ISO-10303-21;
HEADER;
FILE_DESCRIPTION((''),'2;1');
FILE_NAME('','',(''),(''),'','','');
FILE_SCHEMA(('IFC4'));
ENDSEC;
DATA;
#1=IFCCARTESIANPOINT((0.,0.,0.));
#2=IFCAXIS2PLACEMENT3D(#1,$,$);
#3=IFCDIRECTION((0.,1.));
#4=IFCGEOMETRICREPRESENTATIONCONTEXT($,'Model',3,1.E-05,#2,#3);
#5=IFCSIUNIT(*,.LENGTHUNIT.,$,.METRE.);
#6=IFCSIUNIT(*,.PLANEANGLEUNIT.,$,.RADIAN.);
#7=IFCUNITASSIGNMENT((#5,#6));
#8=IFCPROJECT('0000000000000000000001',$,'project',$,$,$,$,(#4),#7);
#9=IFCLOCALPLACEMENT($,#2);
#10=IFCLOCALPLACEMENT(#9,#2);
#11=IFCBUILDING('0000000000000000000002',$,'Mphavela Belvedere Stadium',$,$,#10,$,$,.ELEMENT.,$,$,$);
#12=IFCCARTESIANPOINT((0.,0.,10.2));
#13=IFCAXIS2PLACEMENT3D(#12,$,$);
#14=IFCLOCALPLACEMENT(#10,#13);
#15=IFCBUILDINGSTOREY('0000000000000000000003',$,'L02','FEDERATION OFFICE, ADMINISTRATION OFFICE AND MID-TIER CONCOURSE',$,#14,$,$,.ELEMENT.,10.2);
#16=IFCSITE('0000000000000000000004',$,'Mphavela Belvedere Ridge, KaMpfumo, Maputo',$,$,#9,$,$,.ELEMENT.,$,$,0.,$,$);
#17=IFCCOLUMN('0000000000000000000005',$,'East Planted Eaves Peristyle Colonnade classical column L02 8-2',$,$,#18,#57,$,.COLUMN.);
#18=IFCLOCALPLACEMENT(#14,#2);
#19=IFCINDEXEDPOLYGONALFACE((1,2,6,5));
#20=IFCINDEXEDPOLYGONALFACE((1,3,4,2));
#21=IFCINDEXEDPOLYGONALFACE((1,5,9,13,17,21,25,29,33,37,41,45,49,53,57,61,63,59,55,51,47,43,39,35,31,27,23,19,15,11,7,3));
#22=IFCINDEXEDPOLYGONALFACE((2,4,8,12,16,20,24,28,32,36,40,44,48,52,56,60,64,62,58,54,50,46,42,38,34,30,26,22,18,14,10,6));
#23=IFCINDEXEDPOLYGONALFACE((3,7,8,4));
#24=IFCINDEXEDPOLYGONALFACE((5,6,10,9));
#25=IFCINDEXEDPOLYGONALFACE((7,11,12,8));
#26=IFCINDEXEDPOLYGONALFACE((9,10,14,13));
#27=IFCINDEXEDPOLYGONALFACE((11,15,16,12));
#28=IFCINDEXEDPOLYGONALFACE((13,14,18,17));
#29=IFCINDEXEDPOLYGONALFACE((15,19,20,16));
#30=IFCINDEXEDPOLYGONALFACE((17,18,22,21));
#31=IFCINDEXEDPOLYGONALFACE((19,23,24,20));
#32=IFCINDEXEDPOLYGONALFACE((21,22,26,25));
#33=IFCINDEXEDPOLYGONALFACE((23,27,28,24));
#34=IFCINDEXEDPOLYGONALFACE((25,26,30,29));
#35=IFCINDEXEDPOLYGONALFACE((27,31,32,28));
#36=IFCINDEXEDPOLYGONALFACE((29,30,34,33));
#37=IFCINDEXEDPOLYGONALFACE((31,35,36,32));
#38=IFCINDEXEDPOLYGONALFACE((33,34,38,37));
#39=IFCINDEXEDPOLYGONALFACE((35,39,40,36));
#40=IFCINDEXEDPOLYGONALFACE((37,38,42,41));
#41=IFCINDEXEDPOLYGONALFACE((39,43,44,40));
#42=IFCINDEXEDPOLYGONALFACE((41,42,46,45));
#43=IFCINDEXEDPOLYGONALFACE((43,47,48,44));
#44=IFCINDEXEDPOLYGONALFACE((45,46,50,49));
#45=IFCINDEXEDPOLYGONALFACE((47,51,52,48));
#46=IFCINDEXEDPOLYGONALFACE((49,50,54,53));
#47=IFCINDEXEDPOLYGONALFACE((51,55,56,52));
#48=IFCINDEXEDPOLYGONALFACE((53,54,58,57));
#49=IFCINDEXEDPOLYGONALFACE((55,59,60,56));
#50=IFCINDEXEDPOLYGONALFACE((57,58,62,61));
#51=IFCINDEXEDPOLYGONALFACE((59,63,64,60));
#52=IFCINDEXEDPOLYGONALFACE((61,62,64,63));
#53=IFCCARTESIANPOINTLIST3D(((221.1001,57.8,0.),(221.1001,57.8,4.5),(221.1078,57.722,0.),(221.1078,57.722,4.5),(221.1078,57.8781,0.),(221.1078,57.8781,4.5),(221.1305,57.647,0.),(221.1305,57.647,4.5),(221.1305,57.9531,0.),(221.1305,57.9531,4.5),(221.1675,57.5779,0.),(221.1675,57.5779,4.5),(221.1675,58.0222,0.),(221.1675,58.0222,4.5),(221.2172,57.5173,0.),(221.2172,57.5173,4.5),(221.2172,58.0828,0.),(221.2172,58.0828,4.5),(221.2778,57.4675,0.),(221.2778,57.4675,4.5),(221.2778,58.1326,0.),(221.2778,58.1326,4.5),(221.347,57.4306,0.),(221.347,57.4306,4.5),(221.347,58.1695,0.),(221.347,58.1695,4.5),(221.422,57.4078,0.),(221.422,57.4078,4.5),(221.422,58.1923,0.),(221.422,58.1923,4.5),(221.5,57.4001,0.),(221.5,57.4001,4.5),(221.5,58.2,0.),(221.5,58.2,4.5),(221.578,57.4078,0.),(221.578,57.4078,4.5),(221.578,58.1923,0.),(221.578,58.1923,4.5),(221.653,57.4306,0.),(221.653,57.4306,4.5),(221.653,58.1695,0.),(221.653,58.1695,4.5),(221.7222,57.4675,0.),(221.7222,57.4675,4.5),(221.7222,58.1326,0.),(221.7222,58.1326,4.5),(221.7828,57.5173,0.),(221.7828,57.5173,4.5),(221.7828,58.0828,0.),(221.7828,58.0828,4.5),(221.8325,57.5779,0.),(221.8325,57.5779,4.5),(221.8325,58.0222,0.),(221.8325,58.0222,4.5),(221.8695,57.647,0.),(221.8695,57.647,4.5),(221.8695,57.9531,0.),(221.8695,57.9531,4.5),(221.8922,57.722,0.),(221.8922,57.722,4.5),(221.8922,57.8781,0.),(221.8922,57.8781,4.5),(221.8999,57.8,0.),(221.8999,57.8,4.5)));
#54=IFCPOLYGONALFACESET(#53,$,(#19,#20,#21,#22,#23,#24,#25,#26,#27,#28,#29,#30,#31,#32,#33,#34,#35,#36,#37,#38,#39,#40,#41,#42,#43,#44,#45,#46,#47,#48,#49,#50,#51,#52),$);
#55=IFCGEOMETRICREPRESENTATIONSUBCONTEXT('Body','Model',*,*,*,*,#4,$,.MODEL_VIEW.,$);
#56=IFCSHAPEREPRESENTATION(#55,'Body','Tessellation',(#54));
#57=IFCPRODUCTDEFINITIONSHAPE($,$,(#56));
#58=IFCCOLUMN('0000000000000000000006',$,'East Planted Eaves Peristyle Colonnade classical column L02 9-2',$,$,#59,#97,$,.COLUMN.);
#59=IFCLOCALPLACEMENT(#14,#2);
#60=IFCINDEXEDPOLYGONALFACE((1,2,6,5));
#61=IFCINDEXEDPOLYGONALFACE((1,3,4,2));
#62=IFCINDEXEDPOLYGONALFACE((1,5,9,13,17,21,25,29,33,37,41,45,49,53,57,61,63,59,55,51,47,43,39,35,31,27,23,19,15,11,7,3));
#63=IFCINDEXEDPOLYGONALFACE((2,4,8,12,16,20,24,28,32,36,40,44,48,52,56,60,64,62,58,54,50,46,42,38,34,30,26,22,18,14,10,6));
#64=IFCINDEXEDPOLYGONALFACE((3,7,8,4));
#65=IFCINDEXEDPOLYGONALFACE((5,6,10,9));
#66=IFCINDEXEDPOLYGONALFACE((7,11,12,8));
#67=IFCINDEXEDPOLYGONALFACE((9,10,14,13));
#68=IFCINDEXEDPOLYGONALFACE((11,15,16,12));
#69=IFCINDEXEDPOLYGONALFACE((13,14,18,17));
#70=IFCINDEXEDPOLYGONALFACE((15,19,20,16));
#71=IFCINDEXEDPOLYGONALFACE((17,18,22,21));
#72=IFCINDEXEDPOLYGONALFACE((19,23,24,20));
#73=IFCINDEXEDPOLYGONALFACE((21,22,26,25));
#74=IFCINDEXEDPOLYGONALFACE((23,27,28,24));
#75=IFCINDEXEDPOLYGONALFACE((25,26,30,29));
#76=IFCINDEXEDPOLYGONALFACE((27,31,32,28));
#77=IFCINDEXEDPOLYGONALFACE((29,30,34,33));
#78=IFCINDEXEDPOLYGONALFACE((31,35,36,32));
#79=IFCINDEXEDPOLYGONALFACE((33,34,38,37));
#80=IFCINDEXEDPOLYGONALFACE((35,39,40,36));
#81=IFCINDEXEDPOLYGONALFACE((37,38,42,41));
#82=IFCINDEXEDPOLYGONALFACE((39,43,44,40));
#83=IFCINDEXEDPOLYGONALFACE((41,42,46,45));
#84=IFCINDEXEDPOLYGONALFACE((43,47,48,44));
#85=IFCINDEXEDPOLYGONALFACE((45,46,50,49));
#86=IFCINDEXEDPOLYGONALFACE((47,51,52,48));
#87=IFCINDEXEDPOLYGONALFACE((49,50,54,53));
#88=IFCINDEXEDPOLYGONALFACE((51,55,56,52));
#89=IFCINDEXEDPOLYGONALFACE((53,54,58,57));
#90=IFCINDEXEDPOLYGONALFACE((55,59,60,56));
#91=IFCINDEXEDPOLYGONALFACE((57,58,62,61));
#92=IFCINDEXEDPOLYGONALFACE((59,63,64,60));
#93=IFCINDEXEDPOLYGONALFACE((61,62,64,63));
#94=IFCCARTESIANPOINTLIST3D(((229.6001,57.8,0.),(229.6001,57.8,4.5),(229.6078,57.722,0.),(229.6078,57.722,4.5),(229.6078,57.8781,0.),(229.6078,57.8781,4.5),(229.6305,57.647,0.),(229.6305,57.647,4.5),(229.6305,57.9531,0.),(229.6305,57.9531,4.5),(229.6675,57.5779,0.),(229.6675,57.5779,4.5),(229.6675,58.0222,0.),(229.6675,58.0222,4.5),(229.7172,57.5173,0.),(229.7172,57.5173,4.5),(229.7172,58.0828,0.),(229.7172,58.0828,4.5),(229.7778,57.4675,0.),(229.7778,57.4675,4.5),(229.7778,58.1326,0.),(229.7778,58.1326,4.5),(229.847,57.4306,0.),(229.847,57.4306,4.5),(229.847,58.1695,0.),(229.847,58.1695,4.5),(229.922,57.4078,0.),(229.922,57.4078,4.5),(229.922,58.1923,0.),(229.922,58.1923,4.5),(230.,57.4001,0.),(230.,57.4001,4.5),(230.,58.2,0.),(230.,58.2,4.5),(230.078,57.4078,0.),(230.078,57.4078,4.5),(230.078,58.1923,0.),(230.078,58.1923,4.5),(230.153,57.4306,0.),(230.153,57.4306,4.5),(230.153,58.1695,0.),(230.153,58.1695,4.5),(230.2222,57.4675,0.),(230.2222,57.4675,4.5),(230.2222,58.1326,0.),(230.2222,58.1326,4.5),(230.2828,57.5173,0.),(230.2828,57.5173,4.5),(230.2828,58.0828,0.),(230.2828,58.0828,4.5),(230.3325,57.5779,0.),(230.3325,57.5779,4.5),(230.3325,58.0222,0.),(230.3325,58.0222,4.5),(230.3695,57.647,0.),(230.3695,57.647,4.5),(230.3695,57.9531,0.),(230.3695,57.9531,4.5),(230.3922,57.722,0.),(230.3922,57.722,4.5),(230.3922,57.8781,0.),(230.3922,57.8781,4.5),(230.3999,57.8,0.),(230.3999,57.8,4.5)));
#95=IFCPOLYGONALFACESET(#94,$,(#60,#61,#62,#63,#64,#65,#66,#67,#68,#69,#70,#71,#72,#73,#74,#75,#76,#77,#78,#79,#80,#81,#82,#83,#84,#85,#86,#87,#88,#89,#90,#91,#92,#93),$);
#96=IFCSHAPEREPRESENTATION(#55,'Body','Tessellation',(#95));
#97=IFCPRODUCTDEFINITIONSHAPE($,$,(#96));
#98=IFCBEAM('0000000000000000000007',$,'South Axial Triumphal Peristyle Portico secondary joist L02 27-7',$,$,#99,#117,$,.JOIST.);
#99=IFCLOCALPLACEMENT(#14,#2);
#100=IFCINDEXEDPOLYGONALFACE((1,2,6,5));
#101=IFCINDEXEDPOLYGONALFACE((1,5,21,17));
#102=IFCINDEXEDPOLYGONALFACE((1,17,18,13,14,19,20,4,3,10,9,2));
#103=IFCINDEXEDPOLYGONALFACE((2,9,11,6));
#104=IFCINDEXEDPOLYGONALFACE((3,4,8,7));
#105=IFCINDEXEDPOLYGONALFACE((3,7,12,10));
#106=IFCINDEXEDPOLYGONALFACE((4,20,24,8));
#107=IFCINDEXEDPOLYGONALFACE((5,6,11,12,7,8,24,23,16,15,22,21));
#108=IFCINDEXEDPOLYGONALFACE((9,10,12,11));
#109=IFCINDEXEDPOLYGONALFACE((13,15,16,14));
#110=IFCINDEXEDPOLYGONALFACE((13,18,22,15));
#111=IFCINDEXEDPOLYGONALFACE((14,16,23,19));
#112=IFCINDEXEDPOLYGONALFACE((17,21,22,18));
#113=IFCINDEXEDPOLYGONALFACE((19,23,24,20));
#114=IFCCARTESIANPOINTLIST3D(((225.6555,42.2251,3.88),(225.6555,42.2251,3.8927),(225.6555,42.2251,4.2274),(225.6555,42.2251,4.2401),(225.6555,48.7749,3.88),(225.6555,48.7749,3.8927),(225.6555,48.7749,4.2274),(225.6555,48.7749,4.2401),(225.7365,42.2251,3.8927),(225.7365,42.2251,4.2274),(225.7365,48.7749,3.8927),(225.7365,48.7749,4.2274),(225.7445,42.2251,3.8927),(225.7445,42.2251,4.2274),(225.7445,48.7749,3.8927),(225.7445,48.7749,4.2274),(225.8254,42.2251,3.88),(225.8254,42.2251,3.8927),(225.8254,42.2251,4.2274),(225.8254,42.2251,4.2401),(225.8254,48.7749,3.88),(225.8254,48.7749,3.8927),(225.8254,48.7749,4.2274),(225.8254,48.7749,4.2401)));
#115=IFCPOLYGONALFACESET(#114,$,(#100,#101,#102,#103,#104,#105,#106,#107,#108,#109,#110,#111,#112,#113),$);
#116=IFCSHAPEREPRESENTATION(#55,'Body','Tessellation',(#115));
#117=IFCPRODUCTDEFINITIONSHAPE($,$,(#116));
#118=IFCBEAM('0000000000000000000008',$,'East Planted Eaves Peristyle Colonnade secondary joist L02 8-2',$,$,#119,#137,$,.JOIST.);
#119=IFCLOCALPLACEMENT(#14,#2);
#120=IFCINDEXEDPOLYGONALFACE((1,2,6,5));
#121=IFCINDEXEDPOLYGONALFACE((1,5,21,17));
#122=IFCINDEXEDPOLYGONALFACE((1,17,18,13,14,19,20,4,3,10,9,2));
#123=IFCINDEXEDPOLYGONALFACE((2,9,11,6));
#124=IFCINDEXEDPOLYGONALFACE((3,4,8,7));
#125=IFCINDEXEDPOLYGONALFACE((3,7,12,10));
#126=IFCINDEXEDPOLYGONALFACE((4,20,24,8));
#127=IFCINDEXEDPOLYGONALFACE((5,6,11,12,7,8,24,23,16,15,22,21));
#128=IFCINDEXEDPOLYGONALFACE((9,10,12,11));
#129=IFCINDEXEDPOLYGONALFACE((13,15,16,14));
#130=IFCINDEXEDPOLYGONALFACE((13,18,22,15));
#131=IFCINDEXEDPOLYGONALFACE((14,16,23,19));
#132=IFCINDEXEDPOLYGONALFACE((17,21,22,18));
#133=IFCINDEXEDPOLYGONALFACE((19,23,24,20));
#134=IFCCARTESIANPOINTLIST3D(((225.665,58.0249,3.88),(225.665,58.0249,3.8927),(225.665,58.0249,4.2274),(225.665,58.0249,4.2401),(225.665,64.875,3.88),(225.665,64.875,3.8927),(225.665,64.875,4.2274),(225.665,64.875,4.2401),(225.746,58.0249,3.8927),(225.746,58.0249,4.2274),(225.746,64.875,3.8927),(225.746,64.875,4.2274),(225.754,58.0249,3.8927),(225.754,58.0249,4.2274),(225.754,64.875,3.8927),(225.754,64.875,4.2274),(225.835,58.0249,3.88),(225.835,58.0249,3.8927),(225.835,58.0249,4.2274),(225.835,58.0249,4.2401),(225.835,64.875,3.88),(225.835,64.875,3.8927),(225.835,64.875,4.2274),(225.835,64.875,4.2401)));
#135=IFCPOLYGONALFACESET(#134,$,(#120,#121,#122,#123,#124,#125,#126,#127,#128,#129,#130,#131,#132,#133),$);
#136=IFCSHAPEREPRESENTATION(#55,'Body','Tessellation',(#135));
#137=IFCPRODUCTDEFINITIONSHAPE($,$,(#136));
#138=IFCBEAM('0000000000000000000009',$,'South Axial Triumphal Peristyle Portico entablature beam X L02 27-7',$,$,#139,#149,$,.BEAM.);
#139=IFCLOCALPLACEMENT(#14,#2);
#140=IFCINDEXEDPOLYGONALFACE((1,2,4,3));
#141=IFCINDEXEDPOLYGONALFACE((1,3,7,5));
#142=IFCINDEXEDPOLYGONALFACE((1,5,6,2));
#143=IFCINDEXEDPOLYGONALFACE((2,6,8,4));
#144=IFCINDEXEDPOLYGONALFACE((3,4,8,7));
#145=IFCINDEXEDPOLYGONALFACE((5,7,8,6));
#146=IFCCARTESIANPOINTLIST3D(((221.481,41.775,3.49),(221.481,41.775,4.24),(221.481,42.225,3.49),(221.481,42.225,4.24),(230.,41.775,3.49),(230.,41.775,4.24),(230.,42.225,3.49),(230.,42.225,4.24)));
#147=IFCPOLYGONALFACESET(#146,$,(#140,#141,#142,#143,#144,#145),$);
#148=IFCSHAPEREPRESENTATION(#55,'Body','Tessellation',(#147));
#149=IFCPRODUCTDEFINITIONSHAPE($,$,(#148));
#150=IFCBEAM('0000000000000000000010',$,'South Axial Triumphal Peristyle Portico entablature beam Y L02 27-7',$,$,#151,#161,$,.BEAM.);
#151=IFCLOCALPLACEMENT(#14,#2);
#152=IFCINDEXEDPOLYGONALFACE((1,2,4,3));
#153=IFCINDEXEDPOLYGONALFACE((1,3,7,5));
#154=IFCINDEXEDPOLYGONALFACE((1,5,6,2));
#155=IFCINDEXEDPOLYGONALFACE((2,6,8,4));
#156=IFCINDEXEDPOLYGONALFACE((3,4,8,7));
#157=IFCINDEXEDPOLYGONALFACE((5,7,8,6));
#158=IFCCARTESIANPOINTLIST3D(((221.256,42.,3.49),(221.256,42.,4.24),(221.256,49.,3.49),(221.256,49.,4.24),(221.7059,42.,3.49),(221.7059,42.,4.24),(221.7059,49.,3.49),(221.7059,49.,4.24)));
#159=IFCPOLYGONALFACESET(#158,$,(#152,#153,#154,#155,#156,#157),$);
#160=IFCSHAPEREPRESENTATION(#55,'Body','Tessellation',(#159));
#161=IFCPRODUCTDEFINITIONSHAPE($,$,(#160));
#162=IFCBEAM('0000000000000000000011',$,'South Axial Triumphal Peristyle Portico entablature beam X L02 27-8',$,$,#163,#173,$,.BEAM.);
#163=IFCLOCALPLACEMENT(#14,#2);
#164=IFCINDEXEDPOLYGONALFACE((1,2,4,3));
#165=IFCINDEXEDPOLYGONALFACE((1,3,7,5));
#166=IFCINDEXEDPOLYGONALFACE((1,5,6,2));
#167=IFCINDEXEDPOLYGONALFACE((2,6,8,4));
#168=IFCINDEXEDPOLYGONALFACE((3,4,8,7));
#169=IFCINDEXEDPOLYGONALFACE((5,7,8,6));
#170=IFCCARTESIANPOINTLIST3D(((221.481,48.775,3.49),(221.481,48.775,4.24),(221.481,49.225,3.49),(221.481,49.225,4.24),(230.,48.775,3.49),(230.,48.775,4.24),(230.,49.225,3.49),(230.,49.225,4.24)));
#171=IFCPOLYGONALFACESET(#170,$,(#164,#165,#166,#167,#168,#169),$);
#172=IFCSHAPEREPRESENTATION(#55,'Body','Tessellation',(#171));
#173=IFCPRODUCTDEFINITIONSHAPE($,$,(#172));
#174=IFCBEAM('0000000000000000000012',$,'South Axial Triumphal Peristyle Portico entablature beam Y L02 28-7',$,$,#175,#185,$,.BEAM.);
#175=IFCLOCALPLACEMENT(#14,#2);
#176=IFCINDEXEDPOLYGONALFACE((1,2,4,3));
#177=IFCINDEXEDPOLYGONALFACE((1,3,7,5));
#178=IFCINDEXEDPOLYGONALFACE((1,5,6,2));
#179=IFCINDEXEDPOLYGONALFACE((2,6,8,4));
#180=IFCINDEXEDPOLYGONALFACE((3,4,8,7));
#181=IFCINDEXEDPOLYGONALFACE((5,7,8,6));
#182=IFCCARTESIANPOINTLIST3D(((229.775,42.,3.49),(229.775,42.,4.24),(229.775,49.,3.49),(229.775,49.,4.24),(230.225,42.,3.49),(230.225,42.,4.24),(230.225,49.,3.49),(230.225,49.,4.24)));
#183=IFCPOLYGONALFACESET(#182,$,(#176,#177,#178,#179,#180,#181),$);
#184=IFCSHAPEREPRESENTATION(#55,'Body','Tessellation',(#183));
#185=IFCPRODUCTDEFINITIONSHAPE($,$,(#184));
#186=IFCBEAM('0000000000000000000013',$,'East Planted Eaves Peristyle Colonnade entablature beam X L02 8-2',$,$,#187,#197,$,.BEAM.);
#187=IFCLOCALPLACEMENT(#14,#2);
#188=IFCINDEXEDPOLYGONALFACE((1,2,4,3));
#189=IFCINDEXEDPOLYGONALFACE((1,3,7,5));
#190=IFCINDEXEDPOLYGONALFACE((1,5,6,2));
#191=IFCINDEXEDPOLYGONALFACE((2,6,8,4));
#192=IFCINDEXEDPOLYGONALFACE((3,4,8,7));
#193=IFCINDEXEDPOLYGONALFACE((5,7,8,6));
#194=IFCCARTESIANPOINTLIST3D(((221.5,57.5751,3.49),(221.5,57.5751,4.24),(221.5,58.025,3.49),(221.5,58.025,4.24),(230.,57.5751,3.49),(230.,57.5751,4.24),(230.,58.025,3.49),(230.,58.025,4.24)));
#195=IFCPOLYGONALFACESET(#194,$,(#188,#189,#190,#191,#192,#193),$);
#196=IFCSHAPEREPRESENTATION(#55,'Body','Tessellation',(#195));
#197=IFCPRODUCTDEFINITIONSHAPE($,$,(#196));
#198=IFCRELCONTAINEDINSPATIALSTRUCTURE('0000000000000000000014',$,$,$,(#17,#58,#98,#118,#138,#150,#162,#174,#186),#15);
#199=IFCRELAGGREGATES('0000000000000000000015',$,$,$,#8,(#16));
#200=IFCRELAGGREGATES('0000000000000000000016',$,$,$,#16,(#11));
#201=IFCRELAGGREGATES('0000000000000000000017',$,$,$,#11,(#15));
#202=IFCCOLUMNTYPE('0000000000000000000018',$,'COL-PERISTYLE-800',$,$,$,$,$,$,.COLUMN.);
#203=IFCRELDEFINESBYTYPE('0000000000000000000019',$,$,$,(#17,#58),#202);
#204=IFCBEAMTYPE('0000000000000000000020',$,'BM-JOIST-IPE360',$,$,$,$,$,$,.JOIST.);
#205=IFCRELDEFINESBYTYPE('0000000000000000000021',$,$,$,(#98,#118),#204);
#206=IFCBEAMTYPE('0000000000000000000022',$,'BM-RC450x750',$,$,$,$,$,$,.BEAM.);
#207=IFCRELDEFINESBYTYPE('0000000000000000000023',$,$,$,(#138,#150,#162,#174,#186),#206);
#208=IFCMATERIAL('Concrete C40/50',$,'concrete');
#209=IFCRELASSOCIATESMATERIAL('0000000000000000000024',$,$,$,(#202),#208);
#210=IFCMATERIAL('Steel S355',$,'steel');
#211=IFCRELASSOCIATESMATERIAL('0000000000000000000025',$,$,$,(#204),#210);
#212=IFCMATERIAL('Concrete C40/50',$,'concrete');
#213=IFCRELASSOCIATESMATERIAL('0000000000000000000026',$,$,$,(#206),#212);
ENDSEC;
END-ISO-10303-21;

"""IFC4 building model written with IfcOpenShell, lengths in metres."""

from ifc_helpers import new_model, si_unit, direction, frame, origin, origin_2d, place, context, subcontext, project, spatial, rectangle, circle, i_section, extrude, material, material_profile, profile_set, type_object, element, save


model = new_model("IFC4")

# Units and contexts
model_context = context("Model", 3, precision=1e-05, world=origin(), true_north=direction((0.0, 1.0)))
body_context = subcontext(model_context, "Body", "Model", "MODEL_VIEW")
ifc_project = project(units=[si_unit("LENGTHUNIT", "METRE"), si_unit("PLANEANGLEUNIT", "RADIAN")], contexts=[model_context])

# Site, building, storey
site_placement = place(None, origin())
site = spatial("IfcSite", under=ifc_project, at=site_placement, Name="Mphavela Belvedere Ridge, KaMpfumo, Maputo", CompositionType="ELEMENT", RefElevation=0.0)
building_placement = place(site_placement, origin())
building = spatial("IfcBuilding", under=site, at=building_placement, Name="Mphavela Belvedere Stadium", CompositionType="ELEMENT")
storey_placement = place(building_placement, frame((0.0, 0.0, 10.2)))
storey = spatial("IfcBuildingStorey", under=building, at=storey_placement, Name="L02", Description="FEDERATION OFFICE, ADMINISTRATION OFFICE AND MID-TIER CONCOURSE", CompositionType="ELEMENT", Elevation=10.2)

# Columns
ifc_material_1 = material(Name="Concrete C40/50", Category="concrete")
ifc_material_profile_1 = material_profile(ifc_material_1, circle(Radius=0.3999, at=origin_2d()), Name="COL D800")
ifc_profile_set_1 = profile_set([ifc_material_profile_1], Name="Concrete C40/50")
column_type_1 = type_object("IfcColumnType", Name="COL-PERISTYLE-800", PredefinedType="COLUMN", material=ifc_profile_set_1)
for number, where, z_axis, x_axis, name in (
    (1, (221.5, 57.8, 0.0), (0.0, 0.0, 1.0), (1.0, 0.0, 0.0), "East Planted Eaves Peristyle Colonnade classical column L02 8-2"),
    (2, (230.0, 57.8, 0.0), (0.0, 0.0, 1.0), (1.0, 0.0, 0.0), "East Planted Eaves Peristyle Colonnade classical column L02 9-2"),
):
    element("IfcColumn", number, at=place(storey_placement, frame(where, z_axis=z_axis, x_axis=x_axis)), inside=storey, type_object=column_type_1, Name=name, PredefinedType="COLUMN", context=body_context, shape_type="SweptSolid", body=[
        extrude(circle(Radius=0.3999, at=origin_2d()), origin(), (0.0, 0.0, 1.0), 4.5),
    ])

# Beams
ifc_material_2 = material(Name="Steel S355", Category="steel")
ifc_material_profile_2 = material_profile(ifc_material_2, i_section(OverallWidth=0.1699, OverallDepth=0.3601, WebThickness=0.0081, FlangeThickness=0.0127, at=origin_2d()), Name="IPE 360")
ifc_profile_set_2 = profile_set([ifc_material_profile_2], Name="Steel S355")
beam_type_1 = type_object("IfcBeamType", Name="BM-JOIST-IPE360", PredefinedType="JOIST", material=ifc_profile_set_2)
beam_1_placement = place(storey_placement, frame((225.7405, 42.2251, 4.0601), z_axis=(0.0, 1.0, 0.0), x_axis=(-1.0, 0.0, 0.0)))
element("IfcBeam", 3, at=beam_1_placement, inside=storey, type_object=beam_type_1, Name="South Axial Triumphal Peristyle Portico secondary joist L02 27-7", PredefinedType="JOIST", context=body_context, shape_type="SweptSolid", body=[
    extrude(i_section(OverallWidth=0.1699, OverallDepth=0.3601, WebThickness=0.0081, FlangeThickness=0.0127, at=origin_2d()), origin(), (0.0, 0.0, 1.0), 6.5498),
])
beam_2_placement = place(storey_placement, frame((225.75, 58.0249, 4.0601), z_axis=(0.0, 1.0, 0.0), x_axis=(-1.0, 0.0, 0.0)))
element("IfcBeam", 4, at=beam_2_placement, inside=storey, type_object=beam_type_1, Name="East Planted Eaves Peristyle Colonnade secondary joist L02 8-2", PredefinedType="JOIST", context=body_context, shape_type="SweptSolid", body=[
    extrude(i_section(OverallWidth=0.1699, OverallDepth=0.3601, WebThickness=0.0081, FlangeThickness=0.0127, at=origin_2d()), origin(), (0.0, 0.0, 1.0), 6.8501),
])
ifc_material_3 = material(Name="Concrete C40/50", Category="concrete")
ifc_material_profile_3 = material_profile(ifc_material_3, rectangle(XDim=0.45, YDim=0.75, at=origin_2d()), Name="RC 450x750")
ifc_profile_set_3 = profile_set([ifc_material_profile_3], Name="Concrete C40/50")
beam_type_2 = type_object("IfcBeamType", Name="BM-RC450x750", PredefinedType="BEAM", material=ifc_profile_set_3)
beam_3_placement = place(storey_placement, frame((221.481, 42.0, 3.865), z_axis=(1.0, 0.0, 0.0), x_axis=(0.0, 1.0, 0.0)))
element("IfcBeam", 5, at=beam_3_placement, inside=storey, type_object=beam_type_2, Name="South Axial Triumphal Peristyle Portico entablature beam X L02 27-7", PredefinedType="BEAM", context=body_context, shape_type="SweptSolid", body=[
    extrude(rectangle(XDim=0.45, YDim=0.75, at=origin_2d()), origin(), (0.0, 0.0, 1.0), 8.519),
])
beam_4_placement = place(storey_placement, frame((221.481, 42.0, 3.865), z_axis=(0.0, 1.0, 0.0), x_axis=(-1.0, 0.0, 0.0)))
element("IfcBeam", 6, at=beam_4_placement, inside=storey, type_object=beam_type_2, Name="South Axial Triumphal Peristyle Portico entablature beam Y L02 27-7", PredefinedType="BEAM", context=body_context, shape_type="SweptSolid", body=[
    extrude(rectangle(XDim=0.45, YDim=0.75, at=origin_2d()), origin(), (0.0, 0.0, 1.0), 7.0),
])
beam_5_placement = place(storey_placement, frame((221.481, 49.0, 3.865), z_axis=(1.0, 0.0, 0.0), x_axis=(0.0, 1.0, 0.0)))
element("IfcBeam", 7, at=beam_5_placement, inside=storey, type_object=beam_type_2, Name="South Axial Triumphal Peristyle Portico entablature beam X L02 27-8", PredefinedType="BEAM", context=body_context, shape_type="SweptSolid", body=[
    extrude(rectangle(XDim=0.45, YDim=0.75, at=origin_2d()), origin(), (0.0, 0.0, 1.0), 8.519),
])
beam_6_placement = place(storey_placement, frame((230.0, 42.0, 3.865), z_axis=(0.0, 1.0, 0.0), x_axis=(-1.0, 0.0, 0.0)))
element("IfcBeam", 8, at=beam_6_placement, inside=storey, type_object=beam_type_2, Name="South Axial Triumphal Peristyle Portico entablature beam Y L02 28-7", PredefinedType="BEAM", context=body_context, shape_type="SweptSolid", body=[
    extrude(rectangle(XDim=0.45, YDim=0.75, at=origin_2d()), origin(), (0.0, 0.0, 1.0), 7.0),
])
beam_7_placement = place(storey_placement, frame((221.5, 57.8, 3.865), z_axis=(1.0, 0.0, 0.0), x_axis=(0.0, 1.0, 0.0)))
element("IfcBeam", 9, at=beam_7_placement, inside=storey, type_object=beam_type_2, Name="East Planted Eaves Peristyle Colonnade entablature beam X L02 8-2", PredefinedType="BEAM", context=body_context, shape_type="SweptSolid", body=[
    extrude(rectangle(XDim=0.45, YDim=0.75, at=origin_2d()), origin(), (0.0, 0.0, 1.0), 8.5),
])

save(model, "model.ifc")
